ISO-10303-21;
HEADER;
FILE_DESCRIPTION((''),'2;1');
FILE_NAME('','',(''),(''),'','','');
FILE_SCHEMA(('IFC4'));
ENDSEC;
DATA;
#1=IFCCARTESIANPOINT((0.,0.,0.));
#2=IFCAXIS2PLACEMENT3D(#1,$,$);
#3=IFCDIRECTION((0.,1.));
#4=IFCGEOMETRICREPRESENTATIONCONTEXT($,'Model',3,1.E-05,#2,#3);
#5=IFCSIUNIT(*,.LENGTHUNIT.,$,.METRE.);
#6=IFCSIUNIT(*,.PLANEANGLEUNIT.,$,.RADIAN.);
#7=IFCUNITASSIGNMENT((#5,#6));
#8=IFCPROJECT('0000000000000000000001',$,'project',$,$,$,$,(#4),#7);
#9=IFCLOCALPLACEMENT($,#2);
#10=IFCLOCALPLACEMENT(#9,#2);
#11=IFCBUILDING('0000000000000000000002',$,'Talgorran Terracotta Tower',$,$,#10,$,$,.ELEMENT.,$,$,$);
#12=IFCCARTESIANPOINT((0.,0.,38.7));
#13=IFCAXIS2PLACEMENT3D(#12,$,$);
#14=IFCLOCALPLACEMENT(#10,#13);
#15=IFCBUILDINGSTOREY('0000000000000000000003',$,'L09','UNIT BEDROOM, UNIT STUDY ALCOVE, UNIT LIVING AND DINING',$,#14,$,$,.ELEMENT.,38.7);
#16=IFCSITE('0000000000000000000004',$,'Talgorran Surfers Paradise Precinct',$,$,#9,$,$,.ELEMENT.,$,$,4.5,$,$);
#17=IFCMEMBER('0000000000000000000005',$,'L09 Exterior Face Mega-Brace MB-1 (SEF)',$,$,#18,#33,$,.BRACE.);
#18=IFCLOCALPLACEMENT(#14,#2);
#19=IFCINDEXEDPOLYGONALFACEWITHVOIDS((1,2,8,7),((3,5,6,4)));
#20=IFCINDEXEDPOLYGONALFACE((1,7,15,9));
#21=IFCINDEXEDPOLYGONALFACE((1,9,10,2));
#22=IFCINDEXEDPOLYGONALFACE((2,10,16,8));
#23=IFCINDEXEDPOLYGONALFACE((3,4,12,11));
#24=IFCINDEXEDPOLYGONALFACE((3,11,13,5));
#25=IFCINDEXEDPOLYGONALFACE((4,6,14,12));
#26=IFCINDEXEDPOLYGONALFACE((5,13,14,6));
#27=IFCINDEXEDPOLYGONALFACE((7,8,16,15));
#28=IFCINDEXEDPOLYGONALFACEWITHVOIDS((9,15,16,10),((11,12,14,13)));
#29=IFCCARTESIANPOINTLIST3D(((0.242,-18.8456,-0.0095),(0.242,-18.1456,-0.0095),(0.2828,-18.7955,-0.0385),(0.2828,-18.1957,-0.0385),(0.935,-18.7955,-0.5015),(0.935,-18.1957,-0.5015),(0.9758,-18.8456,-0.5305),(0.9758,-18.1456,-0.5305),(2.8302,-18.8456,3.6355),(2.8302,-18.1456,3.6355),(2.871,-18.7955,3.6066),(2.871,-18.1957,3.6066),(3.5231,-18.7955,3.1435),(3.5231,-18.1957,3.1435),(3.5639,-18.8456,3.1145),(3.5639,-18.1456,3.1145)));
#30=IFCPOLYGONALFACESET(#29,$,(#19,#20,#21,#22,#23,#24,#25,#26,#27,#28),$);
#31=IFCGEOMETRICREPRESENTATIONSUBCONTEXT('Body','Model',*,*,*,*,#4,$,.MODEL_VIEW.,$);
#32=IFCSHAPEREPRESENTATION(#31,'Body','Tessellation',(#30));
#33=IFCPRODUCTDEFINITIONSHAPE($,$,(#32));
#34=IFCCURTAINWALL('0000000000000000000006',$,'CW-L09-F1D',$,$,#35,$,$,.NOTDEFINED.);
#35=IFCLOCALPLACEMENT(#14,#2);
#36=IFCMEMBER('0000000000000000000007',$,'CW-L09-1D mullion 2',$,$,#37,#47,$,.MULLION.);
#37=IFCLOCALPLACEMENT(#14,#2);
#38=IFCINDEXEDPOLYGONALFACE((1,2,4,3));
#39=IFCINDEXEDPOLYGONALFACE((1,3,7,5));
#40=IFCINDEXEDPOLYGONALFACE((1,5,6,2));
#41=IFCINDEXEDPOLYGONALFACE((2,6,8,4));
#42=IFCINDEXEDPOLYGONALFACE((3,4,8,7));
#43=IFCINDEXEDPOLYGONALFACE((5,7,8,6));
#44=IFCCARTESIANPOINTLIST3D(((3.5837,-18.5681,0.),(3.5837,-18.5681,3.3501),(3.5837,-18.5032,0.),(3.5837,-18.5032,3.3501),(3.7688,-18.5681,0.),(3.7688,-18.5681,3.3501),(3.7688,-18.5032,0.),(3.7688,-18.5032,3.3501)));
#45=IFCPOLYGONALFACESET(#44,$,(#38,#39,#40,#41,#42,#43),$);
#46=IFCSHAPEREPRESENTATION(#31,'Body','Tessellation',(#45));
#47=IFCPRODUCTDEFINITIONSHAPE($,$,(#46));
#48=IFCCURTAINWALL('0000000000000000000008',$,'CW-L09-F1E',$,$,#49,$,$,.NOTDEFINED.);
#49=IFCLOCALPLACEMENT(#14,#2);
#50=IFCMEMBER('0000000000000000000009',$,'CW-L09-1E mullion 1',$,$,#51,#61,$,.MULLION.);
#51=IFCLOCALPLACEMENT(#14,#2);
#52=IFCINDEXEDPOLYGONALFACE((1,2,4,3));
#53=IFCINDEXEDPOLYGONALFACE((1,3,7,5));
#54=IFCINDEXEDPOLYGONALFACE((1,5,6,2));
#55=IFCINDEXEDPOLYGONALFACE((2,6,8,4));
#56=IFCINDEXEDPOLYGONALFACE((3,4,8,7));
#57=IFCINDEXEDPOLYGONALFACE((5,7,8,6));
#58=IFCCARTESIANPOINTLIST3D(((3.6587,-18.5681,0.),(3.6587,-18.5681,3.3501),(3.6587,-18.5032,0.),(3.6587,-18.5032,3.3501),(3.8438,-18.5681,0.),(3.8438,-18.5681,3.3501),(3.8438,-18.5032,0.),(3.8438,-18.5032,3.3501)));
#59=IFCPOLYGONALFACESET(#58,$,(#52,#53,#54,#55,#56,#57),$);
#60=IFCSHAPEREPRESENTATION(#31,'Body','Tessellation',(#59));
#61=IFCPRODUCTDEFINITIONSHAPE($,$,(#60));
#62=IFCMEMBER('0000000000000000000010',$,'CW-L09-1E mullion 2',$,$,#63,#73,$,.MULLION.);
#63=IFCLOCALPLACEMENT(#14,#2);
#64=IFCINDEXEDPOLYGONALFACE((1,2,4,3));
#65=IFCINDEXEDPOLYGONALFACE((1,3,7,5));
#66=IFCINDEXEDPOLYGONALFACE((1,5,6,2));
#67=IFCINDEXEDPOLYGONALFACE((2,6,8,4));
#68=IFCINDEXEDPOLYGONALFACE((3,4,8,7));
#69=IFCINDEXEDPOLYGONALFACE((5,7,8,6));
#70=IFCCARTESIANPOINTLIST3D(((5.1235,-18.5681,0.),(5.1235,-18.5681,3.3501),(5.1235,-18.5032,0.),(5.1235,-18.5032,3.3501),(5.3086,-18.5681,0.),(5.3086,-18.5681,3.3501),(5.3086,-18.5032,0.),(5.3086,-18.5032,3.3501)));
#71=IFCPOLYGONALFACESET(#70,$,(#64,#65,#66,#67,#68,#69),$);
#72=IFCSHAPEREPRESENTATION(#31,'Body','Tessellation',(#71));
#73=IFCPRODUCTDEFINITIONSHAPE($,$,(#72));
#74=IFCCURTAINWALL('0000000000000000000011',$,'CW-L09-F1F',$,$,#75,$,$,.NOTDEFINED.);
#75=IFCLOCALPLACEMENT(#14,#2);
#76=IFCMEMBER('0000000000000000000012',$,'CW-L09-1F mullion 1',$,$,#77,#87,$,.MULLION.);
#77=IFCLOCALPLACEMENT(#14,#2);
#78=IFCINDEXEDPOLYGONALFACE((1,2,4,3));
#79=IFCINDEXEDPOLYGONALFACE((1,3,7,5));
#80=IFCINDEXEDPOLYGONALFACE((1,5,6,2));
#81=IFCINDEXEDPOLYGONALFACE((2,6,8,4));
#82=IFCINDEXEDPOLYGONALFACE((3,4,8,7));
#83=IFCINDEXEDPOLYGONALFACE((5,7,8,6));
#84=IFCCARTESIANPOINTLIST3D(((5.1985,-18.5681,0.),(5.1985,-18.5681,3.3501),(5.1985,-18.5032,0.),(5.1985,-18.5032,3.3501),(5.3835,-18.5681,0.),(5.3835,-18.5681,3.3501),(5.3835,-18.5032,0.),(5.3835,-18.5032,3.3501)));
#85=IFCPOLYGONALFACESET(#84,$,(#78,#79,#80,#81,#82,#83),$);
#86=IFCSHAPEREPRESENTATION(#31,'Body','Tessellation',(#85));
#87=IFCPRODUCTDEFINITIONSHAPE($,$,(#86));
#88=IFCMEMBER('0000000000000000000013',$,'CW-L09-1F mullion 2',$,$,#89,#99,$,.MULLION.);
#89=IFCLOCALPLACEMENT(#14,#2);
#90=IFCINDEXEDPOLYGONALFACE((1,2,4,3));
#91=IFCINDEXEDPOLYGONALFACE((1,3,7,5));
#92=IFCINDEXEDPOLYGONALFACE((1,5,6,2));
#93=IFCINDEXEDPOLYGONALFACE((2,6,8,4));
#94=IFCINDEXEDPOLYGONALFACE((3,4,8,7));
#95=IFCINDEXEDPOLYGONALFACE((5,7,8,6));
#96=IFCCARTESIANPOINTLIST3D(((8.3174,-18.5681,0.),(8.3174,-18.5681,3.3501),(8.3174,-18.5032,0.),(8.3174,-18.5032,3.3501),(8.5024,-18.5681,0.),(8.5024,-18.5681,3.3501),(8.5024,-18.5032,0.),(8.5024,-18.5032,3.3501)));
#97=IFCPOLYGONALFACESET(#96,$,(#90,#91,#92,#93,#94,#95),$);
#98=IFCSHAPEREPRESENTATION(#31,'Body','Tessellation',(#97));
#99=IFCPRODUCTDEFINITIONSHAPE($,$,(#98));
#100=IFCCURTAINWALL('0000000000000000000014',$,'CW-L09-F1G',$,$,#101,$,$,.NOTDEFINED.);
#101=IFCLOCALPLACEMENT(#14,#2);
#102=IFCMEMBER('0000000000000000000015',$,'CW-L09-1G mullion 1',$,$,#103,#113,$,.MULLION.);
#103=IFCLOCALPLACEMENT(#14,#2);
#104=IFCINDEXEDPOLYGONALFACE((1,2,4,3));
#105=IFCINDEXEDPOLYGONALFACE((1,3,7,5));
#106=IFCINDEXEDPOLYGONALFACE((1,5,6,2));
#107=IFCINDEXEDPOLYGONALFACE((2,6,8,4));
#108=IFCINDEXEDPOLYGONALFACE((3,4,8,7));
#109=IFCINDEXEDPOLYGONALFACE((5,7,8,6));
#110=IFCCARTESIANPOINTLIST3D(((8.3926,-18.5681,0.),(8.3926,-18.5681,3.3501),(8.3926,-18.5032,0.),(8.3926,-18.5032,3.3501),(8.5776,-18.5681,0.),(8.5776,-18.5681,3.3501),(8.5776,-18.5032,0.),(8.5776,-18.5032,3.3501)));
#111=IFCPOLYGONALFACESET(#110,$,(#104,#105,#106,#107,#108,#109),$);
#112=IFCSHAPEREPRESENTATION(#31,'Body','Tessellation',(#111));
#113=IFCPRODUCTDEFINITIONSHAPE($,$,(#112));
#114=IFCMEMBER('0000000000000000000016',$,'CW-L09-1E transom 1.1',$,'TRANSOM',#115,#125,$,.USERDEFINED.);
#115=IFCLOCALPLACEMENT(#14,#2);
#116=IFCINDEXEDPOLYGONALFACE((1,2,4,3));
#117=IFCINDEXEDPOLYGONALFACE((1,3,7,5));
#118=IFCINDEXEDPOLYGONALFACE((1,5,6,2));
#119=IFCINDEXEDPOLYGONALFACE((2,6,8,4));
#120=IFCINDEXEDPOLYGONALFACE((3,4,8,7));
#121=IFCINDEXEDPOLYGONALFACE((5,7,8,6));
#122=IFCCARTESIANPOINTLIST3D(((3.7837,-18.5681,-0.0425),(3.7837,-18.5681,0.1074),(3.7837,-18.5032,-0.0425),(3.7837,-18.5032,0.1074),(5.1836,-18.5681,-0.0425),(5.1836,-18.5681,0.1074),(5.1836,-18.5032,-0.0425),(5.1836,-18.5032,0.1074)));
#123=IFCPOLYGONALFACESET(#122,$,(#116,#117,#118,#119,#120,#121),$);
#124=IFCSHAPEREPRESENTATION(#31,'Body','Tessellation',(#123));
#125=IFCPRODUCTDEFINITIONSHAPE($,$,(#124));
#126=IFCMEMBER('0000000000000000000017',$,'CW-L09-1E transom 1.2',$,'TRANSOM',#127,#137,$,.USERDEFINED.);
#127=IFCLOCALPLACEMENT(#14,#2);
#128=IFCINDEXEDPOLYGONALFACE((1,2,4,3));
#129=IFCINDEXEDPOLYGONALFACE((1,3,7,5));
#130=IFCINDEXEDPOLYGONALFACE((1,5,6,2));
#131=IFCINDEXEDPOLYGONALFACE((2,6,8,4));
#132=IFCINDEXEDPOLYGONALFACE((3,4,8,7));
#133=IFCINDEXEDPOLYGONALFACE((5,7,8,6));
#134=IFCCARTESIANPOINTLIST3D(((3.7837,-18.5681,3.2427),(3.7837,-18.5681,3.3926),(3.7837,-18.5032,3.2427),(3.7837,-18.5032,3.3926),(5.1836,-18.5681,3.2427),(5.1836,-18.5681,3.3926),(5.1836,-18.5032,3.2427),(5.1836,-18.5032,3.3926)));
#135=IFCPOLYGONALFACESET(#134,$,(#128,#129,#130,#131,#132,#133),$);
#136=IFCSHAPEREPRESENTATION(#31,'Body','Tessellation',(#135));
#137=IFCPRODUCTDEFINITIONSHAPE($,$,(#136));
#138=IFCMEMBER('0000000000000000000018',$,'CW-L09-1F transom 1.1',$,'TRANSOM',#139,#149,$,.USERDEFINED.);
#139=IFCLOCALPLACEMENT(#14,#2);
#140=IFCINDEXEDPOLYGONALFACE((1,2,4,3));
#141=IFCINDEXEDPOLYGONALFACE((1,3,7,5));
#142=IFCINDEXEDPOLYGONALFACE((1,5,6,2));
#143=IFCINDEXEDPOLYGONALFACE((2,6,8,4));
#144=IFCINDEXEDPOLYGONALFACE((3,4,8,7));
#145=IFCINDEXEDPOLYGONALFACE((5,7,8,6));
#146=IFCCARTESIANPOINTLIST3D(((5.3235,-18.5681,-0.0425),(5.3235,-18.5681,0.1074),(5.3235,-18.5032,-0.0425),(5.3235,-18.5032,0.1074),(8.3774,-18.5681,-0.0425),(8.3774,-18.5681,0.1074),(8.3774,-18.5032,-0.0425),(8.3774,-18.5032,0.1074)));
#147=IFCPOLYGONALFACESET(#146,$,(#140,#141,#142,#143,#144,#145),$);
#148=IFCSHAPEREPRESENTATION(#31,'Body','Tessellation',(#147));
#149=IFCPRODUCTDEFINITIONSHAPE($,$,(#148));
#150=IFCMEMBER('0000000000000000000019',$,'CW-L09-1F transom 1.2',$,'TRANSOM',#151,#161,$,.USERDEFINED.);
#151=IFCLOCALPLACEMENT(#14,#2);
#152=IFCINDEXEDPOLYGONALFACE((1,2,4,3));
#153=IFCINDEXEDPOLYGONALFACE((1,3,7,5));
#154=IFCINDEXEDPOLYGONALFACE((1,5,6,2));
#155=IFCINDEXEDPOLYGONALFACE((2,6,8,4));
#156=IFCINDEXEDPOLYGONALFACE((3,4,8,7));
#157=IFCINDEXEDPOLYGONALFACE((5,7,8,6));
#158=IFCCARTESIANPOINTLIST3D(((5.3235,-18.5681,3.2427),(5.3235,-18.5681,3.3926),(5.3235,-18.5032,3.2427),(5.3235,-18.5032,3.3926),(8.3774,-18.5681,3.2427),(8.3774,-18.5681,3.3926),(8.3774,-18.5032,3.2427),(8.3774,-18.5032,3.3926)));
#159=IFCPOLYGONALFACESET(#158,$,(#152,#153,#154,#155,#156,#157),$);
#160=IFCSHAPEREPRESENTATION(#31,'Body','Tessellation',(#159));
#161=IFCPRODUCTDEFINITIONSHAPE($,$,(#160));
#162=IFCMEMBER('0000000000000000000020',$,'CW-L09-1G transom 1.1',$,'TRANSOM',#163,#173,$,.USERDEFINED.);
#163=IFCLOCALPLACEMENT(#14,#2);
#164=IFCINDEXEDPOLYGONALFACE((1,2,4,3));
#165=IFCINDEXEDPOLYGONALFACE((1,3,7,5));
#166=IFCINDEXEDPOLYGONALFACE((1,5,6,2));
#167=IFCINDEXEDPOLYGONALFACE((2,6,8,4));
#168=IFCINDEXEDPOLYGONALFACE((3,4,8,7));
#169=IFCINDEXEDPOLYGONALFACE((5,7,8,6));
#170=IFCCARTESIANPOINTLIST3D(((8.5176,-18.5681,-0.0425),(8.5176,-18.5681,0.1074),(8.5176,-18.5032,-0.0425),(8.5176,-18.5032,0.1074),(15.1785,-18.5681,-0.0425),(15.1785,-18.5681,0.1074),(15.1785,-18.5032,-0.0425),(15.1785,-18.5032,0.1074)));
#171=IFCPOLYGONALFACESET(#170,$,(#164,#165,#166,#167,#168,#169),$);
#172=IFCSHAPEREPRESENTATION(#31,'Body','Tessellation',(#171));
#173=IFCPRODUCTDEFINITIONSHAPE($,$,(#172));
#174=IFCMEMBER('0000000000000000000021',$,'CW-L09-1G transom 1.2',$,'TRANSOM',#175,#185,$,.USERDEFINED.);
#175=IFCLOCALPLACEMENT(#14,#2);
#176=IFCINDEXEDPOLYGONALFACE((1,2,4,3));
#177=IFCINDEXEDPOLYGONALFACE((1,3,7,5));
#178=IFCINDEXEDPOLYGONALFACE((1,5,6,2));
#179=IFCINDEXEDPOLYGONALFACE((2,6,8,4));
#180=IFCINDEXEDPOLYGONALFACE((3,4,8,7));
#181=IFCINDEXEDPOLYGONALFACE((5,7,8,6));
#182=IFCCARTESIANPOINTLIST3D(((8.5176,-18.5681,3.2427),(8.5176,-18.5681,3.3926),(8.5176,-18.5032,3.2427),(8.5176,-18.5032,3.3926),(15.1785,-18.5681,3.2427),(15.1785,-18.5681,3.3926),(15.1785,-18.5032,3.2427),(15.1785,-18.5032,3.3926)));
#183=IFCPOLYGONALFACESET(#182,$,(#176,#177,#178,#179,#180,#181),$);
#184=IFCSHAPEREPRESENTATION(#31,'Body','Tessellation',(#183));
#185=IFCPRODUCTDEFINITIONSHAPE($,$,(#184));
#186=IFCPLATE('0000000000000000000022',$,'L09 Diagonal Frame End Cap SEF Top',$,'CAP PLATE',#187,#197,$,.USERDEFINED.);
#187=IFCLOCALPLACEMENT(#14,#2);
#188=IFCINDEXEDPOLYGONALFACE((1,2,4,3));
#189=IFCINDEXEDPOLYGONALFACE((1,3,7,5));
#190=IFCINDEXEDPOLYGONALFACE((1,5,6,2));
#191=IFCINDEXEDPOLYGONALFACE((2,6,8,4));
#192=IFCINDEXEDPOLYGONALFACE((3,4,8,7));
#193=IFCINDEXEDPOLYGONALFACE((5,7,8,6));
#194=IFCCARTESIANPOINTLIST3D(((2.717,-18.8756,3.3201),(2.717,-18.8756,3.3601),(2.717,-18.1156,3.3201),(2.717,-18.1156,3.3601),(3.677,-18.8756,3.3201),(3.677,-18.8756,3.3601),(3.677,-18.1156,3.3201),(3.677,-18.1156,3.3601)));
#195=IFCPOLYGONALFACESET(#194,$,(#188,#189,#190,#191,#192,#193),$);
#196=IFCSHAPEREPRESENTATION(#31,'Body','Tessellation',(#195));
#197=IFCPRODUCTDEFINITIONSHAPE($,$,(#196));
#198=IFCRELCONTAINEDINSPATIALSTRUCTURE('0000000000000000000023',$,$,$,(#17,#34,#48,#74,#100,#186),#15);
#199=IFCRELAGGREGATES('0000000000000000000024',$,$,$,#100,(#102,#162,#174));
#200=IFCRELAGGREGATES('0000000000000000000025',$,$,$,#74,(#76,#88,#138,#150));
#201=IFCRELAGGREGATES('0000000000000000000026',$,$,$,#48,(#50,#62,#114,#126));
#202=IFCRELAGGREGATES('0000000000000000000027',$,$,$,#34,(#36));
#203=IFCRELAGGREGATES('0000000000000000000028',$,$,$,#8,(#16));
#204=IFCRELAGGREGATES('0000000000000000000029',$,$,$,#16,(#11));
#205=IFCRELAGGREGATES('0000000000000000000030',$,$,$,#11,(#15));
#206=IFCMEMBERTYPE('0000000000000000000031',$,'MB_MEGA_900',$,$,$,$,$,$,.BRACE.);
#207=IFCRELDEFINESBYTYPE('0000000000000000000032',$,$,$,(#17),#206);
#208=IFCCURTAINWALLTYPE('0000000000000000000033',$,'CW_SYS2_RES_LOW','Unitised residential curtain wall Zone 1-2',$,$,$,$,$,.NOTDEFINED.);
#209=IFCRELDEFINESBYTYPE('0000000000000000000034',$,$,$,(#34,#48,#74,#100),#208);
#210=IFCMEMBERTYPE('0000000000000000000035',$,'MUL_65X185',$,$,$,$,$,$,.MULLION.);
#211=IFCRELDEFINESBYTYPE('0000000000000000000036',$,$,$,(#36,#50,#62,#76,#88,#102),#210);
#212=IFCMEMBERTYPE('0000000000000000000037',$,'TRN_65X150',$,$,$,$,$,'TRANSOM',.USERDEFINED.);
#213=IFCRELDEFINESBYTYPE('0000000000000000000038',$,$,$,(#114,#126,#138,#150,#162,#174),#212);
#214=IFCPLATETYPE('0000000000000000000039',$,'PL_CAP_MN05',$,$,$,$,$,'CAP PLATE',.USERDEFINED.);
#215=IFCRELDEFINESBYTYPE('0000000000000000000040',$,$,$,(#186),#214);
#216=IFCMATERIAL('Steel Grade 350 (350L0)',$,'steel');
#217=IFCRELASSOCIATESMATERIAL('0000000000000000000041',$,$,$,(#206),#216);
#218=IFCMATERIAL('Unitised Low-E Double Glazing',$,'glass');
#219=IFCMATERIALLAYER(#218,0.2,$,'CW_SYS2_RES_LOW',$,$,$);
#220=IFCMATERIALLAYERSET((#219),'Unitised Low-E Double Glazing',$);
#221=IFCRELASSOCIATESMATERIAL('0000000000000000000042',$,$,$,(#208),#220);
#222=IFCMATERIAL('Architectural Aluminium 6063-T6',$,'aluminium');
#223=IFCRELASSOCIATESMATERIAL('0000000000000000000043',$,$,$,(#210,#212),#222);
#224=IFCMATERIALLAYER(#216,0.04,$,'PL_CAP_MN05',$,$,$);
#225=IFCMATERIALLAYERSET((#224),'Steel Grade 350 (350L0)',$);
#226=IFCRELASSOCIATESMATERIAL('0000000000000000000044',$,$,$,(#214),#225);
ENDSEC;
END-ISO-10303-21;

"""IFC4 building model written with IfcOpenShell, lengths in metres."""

from ifc_helpers import new_model, si_unit, direction, frame, origin, origin_2d, place, context, subcontext, project, spatial, rectangle, hollow_rectangle, extrude, material, layer, layer_set, material_profile, profile_set, type_object, element, aggregate, save


model = new_model("IFC4")

# Units and contexts
model_context = context("Model", 3, precision=1e-05, world=origin(), true_north=direction((0.0, 1.0)))
body_context = subcontext(model_context, "Body", "Model", "MODEL_VIEW")
ifc_project = project(units=[si_unit("LENGTHUNIT", "METRE"), si_unit("PLANEANGLEUNIT", "RADIAN")], contexts=[model_context])

# Site, building, storey
site_placement = place(None, origin())
site = spatial("IfcSite", under=ifc_project, at=site_placement, Name="Talgorran Surfers Paradise Precinct", CompositionType="ELEMENT", RefElevation=4.5)
building_placement = place(site_placement, origin())
building = spatial("IfcBuilding", under=site, at=building_placement, Name="Talgorran Terracotta Tower", CompositionType="ELEMENT")
storey_placement = place(building_placement, frame((0.0, 0.0, 38.7)))
storey = spatial("IfcBuildingStorey", under=building, at=storey_placement, Name="L09", Description="UNIT BEDROOM, UNIT STUDY ALCOVE, UNIT LIVING AND DINING", CompositionType="ELEMENT", Elevation=38.7)

# Member
ifc_material_1 = material(Name="Steel Grade 350 (350L0)", Category="steel")
ifc_material_profile_1 = material_profile(ifc_material_1, hollow_rectangle(XDim=0.7, YDim=0.8999, WallThickness=0.05, at=origin_2d()), Name="WBOX900X700X50")
ifc_profile_set_1 = profile_set([ifc_material_profile_1], Name="Steel Grade 350 (350L0)")
member_type_1 = type_object("IfcMemberType", Name="MB_MEGA_900", PredefinedType="BRACE", material=ifc_profile_set_1)
member_1_placement = place(storey_placement, frame((0.6089, -18.4956, -0.27), z_axis=(0.578947, 0.0, 0.815365), x_axis=(0.0, 1.0, 0.0)))
element("IfcMember", 1, at=member_1_placement, inside=storey, type_object=member_type_1, Name="L09 Exterior Face Mega-Brace MB-1 (SEF)", PredefinedType="BRACE", context=body_context, shape_type="SweptSolid", body=[
    extrude(hollow_rectangle(XDim=0.7, YDim=0.8999, WallThickness=0.05, at=origin_2d()), origin(), (0.0, 0.0, 1.0), 4.4705),
])

# Curtain wall, member
ifc_material_2 = material(Name="Unitised Low-E Double Glazing", Category="glass")
ifc_layer_1 = layer(ifc_material_2, 0.2, Name="CW_SYS2_RES_LOW")
ifc_layer_set_1 = layer_set([ifc_layer_1], Name="Unitised Low-E Double Glazing")
curtain_wall_type = type_object("IfcCurtainWallType", Name="CW_SYS2_RES_LOW", Description="Unitised residential curtain wall Zone 1-2", PredefinedType="NOTDEFINED", material=ifc_layer_set_1)
curtain_wall_1_placement = place(storey_placement, origin())
curtain_wall_1 = element("IfcCurtainWall", 2, at=curtain_wall_1_placement, inside=storey, type_object=curtain_wall_type, Name="CW-L09-F1D", PredefinedType="NOTDEFINED")
ifc_material_3 = material(Name="Architectural Aluminium 6063-T6", Category="aluminium")
ifc_material_profile_2 = material_profile(ifc_material_3, rectangle(XDim=0.0649, YDim=0.1851, at=origin_2d()), Name="CWM65X185")
ifc_profile_set_2 = profile_set([ifc_material_profile_2], Name="Architectural Aluminium 6063-T6")
member_type_2 = type_object("IfcMemberType", Name="MUL_65X185", PredefinedType="MULLION", material=ifc_profile_set_2)
member_2_placement = place(storey_placement, frame((3.6763, -18.5356, 0.0), z_axis=(0.0, 0.0, 1.0), x_axis=(0.0, 1.0, 0.0)))
member_2 = element("IfcMember", 3, at=member_2_placement, type_object=member_type_2, Name="CW-L09-1D mullion 2", PredefinedType="MULLION", context=body_context, shape_type="SweptSolid", body=[
    extrude(rectangle(XDim=0.0649, YDim=0.1851, at=origin_2d()), origin(), (0.0, 0.0, 1.0), 3.3501),
])

# Curtain walls, members
curtain_wall_2_placement = place(storey_placement, origin())
curtain_wall_2 = element("IfcCurtainWall", 4, at=curtain_wall_2_placement, inside=storey, type_object=curtain_wall_type, Name="CW-L09-F1E", PredefinedType="NOTDEFINED")
member_3_placement = place(storey_placement, frame((3.7512, -18.5356, 0.0), z_axis=(0.0, 0.0, 1.0), x_axis=(0.0, 1.0, 0.0)))
member_3 = element("IfcMember", 5, at=member_3_placement, type_object=member_type_2, Name="CW-L09-1E mullion 1", PredefinedType="MULLION", context=body_context, shape_type="SweptSolid", body=[
    extrude(rectangle(XDim=0.0649, YDim=0.1851, at=origin_2d()), origin(), (0.0, 0.0, 1.0), 3.3501),
])
member_4_placement = place(storey_placement, frame((5.2161, -18.5356, 0.0), z_axis=(0.0, 0.0, 1.0), x_axis=(0.0, 1.0, 0.0)))
member_4 = element("IfcMember", 6, at=member_4_placement, type_object=member_type_2, Name="CW-L09-1E mullion 2", PredefinedType="MULLION", context=body_context, shape_type="SweptSolid", body=[
    extrude(rectangle(XDim=0.0649, YDim=0.1851, at=origin_2d()), origin(), (0.0, 0.0, 1.0), 3.3501),
])
curtain_wall_3_placement = place(storey_placement, origin())
curtain_wall_3 = element("IfcCurtainWall", 7, at=curtain_wall_3_placement, inside=storey, type_object=curtain_wall_type, Name="CW-L09-F1F", PredefinedType="NOTDEFINED")
member_5_placement = place(storey_placement, frame((5.291, -18.5356, 0.0), z_axis=(0.0, 0.0, 1.0), x_axis=(0.0, 1.0, 0.0)))
member_5 = element("IfcMember", 8, at=member_5_placement, type_object=member_type_2, Name="CW-L09-1F mullion 1", PredefinedType="MULLION", context=body_context, shape_type="SweptSolid", body=[
    extrude(rectangle(XDim=0.0649, YDim=0.1851, at=origin_2d()), origin(), (0.0, 0.0, 1.0), 3.3501),
])
member_6_placement = place(storey_placement, frame((8.4099, -18.5356, 0.0), z_axis=(0.0, 0.0, 1.0), x_axis=(0.0, 1.0, 0.0)))
member_6 = element("IfcMember", 9, at=member_6_placement, type_object=member_type_2, Name="CW-L09-1F mullion 2", PredefinedType="MULLION", context=body_context, shape_type="SweptSolid", body=[
    extrude(rectangle(XDim=0.0649, YDim=0.1851, at=origin_2d()), origin(), (0.0, 0.0, 1.0), 3.3501),
])

# Curtain wall, member
curtain_wall_4_placement = place(storey_placement, origin())
curtain_wall_4 = element("IfcCurtainWall", 10, at=curtain_wall_4_placement, inside=storey, type_object=curtain_wall_type, Name="CW-L09-F1G", PredefinedType="NOTDEFINED")
member_7_placement = place(storey_placement, frame((8.4851, -18.5356, 0.0), z_axis=(0.0, 0.0, 1.0), x_axis=(0.0, 1.0, 0.0)))
member_7 = element("IfcMember", 11, at=member_7_placement, type_object=member_type_2, Name="CW-L09-1G mullion 1", PredefinedType="MULLION", context=body_context, shape_type="SweptSolid", body=[
    extrude(rectangle(XDim=0.0649, YDim=0.1851, at=origin_2d()), origin(), (0.0, 0.0, 1.0), 3.3501),
])

# Members
ifc_material_profile_3 = material_profile(ifc_material_3, rectangle(XDim=0.0649, YDim=0.1499, at=origin_2d()), Name="CWT65X150")
ifc_profile_set_3 = profile_set([ifc_material_profile_3], Name="Architectural Aluminium 6063-T6")
member_type_3 = type_object("IfcMemberType", Name="TRN_65X150", ElementType="TRANSOM", PredefinedType="USERDEFINED", material=ifc_profile_set_3)
member_8_placement = place(storey_placement, frame((3.7837, -18.5356, 0.0325), z_axis=(1.0, 0.0, 0.0), x_axis=(0.0, 1.0, 0.0)))
member_8 = element("IfcMember", 12, at=member_8_placement, type_object=member_type_3, Name="CW-L09-1E transom 1.1", ObjectType="TRANSOM", PredefinedType="USERDEFINED", context=body_context, shape_type="SweptSolid", body=[
    extrude(rectangle(XDim=0.0649, YDim=0.1499, at=origin_2d()), origin(), (0.0, 0.0, 1.0), 1.3999),
])
member_9_placement = place(storey_placement, frame((3.7837, -18.5356, 3.3176), z_axis=(1.0, 0.0, 0.0), x_axis=(0.0, 1.0, 0.0)))
member_9 = element("IfcMember", 13, at=member_9_placement, type_object=member_type_3, Name="CW-L09-1E transom 1.2", ObjectType="TRANSOM", PredefinedType="USERDEFINED", context=body_context, shape_type="SweptSolid", body=[
    extrude(rectangle(XDim=0.0649, YDim=0.1499, at=origin_2d()), origin(), (0.0, 0.0, 1.0), 1.3999),
])
member_10_placement = place(storey_placement, frame((5.3235, -18.5356, 0.0325), z_axis=(1.0, 0.0, 0.0), x_axis=(0.0, 1.0, 0.0)))
member_10 = element("IfcMember", 14, at=member_10_placement, type_object=member_type_3, Name="CW-L09-1F transom 1.1", ObjectType="TRANSOM", PredefinedType="USERDEFINED", context=body_context, shape_type="SweptSolid", body=[
    extrude(rectangle(XDim=0.0649, YDim=0.1499, at=origin_2d()), origin(), (0.0, 0.0, 1.0), 3.054),
])
member_11_placement = place(storey_placement, frame((5.3235, -18.5356, 3.3176), z_axis=(1.0, 0.0, 0.0), x_axis=(0.0, 1.0, 0.0)))
member_11 = element("IfcMember", 15, at=member_11_placement, type_object=member_type_3, Name="CW-L09-1F transom 1.2", ObjectType="TRANSOM", PredefinedType="USERDEFINED", context=body_context, shape_type="SweptSolid", body=[
    extrude(rectangle(XDim=0.0649, YDim=0.1499, at=origin_2d()), origin(), (0.0, 0.0, 1.0), 3.054),
])
member_12_placement = place(storey_placement, frame((8.5176, -18.5356, 0.0325), z_axis=(1.0, 0.0, 0.0), x_axis=(0.0, 1.0, 0.0)))
member_12 = element("IfcMember", 16, at=member_12_placement, type_object=member_type_3, Name="CW-L09-1G transom 1.1", ObjectType="TRANSOM", PredefinedType="USERDEFINED", context=body_context, shape_type="SweptSolid", body=[
    extrude(rectangle(XDim=0.0649, YDim=0.1499, at=origin_2d()), origin(), (0.0, 0.0, 1.0), 6.6609),
])
member_13_placement = place(storey_placement, frame((8.5176, -18.5356, 3.3176), z_axis=(1.0, 0.0, 0.0), x_axis=(0.0, 1.0, 0.0)))
member_13 = element("IfcMember", 17, at=member_13_placement, type_object=member_type_3, Name="CW-L09-1G transom 1.2", ObjectType="TRANSOM", PredefinedType="USERDEFINED", context=body_context, shape_type="SweptSolid", body=[
    extrude(rectangle(XDim=0.0649, YDim=0.1499, at=origin_2d()), origin(), (0.0, 0.0, 1.0), 6.6609),
])
aggregate(curtain_wall_4, [member_7, member_12, member_13])

# Plate
ifc_layer_2 = layer(ifc_material_1, 0.04, Name="PL_CAP_MN05")
ifc_layer_set_2 = layer_set([ifc_layer_2], Name="Steel Grade 350 (350L0)")
plate_type_1 = type_object("IfcPlateType", Name="PL_CAP_MN05", ElementType="CAP PLATE", PredefinedType="USERDEFINED", material=ifc_layer_set_2)
plate_1_placement = place(storey_placement, frame((3.197, -18.4956, 3.3201), z_axis=(0.0, 0.0, 1.0), x_axis=(1.0, 0.0, 0.0)))
element("IfcPlate", 18, at=plate_1_placement, inside=storey, type_object=plate_type_1, Name="L09 Diagonal Frame End Cap SEF Top", ObjectType="CAP PLATE", PredefinedType="USERDEFINED", context=body_context, shape_type="SweptSolid", body=[
    extrude(rectangle(XDim=0.96, YDim=0.76, at=origin_2d()), origin(), (0.0, 0.0, 1.0), 0.04),
])

aggregate(curtain_wall_3, [member_5, member_6, member_10, member_11])
aggregate(curtain_wall_2, [member_3, member_4, member_8, member_9])
aggregate(curtain_wall_1, [member_2])

save(model, "model.ifc")
